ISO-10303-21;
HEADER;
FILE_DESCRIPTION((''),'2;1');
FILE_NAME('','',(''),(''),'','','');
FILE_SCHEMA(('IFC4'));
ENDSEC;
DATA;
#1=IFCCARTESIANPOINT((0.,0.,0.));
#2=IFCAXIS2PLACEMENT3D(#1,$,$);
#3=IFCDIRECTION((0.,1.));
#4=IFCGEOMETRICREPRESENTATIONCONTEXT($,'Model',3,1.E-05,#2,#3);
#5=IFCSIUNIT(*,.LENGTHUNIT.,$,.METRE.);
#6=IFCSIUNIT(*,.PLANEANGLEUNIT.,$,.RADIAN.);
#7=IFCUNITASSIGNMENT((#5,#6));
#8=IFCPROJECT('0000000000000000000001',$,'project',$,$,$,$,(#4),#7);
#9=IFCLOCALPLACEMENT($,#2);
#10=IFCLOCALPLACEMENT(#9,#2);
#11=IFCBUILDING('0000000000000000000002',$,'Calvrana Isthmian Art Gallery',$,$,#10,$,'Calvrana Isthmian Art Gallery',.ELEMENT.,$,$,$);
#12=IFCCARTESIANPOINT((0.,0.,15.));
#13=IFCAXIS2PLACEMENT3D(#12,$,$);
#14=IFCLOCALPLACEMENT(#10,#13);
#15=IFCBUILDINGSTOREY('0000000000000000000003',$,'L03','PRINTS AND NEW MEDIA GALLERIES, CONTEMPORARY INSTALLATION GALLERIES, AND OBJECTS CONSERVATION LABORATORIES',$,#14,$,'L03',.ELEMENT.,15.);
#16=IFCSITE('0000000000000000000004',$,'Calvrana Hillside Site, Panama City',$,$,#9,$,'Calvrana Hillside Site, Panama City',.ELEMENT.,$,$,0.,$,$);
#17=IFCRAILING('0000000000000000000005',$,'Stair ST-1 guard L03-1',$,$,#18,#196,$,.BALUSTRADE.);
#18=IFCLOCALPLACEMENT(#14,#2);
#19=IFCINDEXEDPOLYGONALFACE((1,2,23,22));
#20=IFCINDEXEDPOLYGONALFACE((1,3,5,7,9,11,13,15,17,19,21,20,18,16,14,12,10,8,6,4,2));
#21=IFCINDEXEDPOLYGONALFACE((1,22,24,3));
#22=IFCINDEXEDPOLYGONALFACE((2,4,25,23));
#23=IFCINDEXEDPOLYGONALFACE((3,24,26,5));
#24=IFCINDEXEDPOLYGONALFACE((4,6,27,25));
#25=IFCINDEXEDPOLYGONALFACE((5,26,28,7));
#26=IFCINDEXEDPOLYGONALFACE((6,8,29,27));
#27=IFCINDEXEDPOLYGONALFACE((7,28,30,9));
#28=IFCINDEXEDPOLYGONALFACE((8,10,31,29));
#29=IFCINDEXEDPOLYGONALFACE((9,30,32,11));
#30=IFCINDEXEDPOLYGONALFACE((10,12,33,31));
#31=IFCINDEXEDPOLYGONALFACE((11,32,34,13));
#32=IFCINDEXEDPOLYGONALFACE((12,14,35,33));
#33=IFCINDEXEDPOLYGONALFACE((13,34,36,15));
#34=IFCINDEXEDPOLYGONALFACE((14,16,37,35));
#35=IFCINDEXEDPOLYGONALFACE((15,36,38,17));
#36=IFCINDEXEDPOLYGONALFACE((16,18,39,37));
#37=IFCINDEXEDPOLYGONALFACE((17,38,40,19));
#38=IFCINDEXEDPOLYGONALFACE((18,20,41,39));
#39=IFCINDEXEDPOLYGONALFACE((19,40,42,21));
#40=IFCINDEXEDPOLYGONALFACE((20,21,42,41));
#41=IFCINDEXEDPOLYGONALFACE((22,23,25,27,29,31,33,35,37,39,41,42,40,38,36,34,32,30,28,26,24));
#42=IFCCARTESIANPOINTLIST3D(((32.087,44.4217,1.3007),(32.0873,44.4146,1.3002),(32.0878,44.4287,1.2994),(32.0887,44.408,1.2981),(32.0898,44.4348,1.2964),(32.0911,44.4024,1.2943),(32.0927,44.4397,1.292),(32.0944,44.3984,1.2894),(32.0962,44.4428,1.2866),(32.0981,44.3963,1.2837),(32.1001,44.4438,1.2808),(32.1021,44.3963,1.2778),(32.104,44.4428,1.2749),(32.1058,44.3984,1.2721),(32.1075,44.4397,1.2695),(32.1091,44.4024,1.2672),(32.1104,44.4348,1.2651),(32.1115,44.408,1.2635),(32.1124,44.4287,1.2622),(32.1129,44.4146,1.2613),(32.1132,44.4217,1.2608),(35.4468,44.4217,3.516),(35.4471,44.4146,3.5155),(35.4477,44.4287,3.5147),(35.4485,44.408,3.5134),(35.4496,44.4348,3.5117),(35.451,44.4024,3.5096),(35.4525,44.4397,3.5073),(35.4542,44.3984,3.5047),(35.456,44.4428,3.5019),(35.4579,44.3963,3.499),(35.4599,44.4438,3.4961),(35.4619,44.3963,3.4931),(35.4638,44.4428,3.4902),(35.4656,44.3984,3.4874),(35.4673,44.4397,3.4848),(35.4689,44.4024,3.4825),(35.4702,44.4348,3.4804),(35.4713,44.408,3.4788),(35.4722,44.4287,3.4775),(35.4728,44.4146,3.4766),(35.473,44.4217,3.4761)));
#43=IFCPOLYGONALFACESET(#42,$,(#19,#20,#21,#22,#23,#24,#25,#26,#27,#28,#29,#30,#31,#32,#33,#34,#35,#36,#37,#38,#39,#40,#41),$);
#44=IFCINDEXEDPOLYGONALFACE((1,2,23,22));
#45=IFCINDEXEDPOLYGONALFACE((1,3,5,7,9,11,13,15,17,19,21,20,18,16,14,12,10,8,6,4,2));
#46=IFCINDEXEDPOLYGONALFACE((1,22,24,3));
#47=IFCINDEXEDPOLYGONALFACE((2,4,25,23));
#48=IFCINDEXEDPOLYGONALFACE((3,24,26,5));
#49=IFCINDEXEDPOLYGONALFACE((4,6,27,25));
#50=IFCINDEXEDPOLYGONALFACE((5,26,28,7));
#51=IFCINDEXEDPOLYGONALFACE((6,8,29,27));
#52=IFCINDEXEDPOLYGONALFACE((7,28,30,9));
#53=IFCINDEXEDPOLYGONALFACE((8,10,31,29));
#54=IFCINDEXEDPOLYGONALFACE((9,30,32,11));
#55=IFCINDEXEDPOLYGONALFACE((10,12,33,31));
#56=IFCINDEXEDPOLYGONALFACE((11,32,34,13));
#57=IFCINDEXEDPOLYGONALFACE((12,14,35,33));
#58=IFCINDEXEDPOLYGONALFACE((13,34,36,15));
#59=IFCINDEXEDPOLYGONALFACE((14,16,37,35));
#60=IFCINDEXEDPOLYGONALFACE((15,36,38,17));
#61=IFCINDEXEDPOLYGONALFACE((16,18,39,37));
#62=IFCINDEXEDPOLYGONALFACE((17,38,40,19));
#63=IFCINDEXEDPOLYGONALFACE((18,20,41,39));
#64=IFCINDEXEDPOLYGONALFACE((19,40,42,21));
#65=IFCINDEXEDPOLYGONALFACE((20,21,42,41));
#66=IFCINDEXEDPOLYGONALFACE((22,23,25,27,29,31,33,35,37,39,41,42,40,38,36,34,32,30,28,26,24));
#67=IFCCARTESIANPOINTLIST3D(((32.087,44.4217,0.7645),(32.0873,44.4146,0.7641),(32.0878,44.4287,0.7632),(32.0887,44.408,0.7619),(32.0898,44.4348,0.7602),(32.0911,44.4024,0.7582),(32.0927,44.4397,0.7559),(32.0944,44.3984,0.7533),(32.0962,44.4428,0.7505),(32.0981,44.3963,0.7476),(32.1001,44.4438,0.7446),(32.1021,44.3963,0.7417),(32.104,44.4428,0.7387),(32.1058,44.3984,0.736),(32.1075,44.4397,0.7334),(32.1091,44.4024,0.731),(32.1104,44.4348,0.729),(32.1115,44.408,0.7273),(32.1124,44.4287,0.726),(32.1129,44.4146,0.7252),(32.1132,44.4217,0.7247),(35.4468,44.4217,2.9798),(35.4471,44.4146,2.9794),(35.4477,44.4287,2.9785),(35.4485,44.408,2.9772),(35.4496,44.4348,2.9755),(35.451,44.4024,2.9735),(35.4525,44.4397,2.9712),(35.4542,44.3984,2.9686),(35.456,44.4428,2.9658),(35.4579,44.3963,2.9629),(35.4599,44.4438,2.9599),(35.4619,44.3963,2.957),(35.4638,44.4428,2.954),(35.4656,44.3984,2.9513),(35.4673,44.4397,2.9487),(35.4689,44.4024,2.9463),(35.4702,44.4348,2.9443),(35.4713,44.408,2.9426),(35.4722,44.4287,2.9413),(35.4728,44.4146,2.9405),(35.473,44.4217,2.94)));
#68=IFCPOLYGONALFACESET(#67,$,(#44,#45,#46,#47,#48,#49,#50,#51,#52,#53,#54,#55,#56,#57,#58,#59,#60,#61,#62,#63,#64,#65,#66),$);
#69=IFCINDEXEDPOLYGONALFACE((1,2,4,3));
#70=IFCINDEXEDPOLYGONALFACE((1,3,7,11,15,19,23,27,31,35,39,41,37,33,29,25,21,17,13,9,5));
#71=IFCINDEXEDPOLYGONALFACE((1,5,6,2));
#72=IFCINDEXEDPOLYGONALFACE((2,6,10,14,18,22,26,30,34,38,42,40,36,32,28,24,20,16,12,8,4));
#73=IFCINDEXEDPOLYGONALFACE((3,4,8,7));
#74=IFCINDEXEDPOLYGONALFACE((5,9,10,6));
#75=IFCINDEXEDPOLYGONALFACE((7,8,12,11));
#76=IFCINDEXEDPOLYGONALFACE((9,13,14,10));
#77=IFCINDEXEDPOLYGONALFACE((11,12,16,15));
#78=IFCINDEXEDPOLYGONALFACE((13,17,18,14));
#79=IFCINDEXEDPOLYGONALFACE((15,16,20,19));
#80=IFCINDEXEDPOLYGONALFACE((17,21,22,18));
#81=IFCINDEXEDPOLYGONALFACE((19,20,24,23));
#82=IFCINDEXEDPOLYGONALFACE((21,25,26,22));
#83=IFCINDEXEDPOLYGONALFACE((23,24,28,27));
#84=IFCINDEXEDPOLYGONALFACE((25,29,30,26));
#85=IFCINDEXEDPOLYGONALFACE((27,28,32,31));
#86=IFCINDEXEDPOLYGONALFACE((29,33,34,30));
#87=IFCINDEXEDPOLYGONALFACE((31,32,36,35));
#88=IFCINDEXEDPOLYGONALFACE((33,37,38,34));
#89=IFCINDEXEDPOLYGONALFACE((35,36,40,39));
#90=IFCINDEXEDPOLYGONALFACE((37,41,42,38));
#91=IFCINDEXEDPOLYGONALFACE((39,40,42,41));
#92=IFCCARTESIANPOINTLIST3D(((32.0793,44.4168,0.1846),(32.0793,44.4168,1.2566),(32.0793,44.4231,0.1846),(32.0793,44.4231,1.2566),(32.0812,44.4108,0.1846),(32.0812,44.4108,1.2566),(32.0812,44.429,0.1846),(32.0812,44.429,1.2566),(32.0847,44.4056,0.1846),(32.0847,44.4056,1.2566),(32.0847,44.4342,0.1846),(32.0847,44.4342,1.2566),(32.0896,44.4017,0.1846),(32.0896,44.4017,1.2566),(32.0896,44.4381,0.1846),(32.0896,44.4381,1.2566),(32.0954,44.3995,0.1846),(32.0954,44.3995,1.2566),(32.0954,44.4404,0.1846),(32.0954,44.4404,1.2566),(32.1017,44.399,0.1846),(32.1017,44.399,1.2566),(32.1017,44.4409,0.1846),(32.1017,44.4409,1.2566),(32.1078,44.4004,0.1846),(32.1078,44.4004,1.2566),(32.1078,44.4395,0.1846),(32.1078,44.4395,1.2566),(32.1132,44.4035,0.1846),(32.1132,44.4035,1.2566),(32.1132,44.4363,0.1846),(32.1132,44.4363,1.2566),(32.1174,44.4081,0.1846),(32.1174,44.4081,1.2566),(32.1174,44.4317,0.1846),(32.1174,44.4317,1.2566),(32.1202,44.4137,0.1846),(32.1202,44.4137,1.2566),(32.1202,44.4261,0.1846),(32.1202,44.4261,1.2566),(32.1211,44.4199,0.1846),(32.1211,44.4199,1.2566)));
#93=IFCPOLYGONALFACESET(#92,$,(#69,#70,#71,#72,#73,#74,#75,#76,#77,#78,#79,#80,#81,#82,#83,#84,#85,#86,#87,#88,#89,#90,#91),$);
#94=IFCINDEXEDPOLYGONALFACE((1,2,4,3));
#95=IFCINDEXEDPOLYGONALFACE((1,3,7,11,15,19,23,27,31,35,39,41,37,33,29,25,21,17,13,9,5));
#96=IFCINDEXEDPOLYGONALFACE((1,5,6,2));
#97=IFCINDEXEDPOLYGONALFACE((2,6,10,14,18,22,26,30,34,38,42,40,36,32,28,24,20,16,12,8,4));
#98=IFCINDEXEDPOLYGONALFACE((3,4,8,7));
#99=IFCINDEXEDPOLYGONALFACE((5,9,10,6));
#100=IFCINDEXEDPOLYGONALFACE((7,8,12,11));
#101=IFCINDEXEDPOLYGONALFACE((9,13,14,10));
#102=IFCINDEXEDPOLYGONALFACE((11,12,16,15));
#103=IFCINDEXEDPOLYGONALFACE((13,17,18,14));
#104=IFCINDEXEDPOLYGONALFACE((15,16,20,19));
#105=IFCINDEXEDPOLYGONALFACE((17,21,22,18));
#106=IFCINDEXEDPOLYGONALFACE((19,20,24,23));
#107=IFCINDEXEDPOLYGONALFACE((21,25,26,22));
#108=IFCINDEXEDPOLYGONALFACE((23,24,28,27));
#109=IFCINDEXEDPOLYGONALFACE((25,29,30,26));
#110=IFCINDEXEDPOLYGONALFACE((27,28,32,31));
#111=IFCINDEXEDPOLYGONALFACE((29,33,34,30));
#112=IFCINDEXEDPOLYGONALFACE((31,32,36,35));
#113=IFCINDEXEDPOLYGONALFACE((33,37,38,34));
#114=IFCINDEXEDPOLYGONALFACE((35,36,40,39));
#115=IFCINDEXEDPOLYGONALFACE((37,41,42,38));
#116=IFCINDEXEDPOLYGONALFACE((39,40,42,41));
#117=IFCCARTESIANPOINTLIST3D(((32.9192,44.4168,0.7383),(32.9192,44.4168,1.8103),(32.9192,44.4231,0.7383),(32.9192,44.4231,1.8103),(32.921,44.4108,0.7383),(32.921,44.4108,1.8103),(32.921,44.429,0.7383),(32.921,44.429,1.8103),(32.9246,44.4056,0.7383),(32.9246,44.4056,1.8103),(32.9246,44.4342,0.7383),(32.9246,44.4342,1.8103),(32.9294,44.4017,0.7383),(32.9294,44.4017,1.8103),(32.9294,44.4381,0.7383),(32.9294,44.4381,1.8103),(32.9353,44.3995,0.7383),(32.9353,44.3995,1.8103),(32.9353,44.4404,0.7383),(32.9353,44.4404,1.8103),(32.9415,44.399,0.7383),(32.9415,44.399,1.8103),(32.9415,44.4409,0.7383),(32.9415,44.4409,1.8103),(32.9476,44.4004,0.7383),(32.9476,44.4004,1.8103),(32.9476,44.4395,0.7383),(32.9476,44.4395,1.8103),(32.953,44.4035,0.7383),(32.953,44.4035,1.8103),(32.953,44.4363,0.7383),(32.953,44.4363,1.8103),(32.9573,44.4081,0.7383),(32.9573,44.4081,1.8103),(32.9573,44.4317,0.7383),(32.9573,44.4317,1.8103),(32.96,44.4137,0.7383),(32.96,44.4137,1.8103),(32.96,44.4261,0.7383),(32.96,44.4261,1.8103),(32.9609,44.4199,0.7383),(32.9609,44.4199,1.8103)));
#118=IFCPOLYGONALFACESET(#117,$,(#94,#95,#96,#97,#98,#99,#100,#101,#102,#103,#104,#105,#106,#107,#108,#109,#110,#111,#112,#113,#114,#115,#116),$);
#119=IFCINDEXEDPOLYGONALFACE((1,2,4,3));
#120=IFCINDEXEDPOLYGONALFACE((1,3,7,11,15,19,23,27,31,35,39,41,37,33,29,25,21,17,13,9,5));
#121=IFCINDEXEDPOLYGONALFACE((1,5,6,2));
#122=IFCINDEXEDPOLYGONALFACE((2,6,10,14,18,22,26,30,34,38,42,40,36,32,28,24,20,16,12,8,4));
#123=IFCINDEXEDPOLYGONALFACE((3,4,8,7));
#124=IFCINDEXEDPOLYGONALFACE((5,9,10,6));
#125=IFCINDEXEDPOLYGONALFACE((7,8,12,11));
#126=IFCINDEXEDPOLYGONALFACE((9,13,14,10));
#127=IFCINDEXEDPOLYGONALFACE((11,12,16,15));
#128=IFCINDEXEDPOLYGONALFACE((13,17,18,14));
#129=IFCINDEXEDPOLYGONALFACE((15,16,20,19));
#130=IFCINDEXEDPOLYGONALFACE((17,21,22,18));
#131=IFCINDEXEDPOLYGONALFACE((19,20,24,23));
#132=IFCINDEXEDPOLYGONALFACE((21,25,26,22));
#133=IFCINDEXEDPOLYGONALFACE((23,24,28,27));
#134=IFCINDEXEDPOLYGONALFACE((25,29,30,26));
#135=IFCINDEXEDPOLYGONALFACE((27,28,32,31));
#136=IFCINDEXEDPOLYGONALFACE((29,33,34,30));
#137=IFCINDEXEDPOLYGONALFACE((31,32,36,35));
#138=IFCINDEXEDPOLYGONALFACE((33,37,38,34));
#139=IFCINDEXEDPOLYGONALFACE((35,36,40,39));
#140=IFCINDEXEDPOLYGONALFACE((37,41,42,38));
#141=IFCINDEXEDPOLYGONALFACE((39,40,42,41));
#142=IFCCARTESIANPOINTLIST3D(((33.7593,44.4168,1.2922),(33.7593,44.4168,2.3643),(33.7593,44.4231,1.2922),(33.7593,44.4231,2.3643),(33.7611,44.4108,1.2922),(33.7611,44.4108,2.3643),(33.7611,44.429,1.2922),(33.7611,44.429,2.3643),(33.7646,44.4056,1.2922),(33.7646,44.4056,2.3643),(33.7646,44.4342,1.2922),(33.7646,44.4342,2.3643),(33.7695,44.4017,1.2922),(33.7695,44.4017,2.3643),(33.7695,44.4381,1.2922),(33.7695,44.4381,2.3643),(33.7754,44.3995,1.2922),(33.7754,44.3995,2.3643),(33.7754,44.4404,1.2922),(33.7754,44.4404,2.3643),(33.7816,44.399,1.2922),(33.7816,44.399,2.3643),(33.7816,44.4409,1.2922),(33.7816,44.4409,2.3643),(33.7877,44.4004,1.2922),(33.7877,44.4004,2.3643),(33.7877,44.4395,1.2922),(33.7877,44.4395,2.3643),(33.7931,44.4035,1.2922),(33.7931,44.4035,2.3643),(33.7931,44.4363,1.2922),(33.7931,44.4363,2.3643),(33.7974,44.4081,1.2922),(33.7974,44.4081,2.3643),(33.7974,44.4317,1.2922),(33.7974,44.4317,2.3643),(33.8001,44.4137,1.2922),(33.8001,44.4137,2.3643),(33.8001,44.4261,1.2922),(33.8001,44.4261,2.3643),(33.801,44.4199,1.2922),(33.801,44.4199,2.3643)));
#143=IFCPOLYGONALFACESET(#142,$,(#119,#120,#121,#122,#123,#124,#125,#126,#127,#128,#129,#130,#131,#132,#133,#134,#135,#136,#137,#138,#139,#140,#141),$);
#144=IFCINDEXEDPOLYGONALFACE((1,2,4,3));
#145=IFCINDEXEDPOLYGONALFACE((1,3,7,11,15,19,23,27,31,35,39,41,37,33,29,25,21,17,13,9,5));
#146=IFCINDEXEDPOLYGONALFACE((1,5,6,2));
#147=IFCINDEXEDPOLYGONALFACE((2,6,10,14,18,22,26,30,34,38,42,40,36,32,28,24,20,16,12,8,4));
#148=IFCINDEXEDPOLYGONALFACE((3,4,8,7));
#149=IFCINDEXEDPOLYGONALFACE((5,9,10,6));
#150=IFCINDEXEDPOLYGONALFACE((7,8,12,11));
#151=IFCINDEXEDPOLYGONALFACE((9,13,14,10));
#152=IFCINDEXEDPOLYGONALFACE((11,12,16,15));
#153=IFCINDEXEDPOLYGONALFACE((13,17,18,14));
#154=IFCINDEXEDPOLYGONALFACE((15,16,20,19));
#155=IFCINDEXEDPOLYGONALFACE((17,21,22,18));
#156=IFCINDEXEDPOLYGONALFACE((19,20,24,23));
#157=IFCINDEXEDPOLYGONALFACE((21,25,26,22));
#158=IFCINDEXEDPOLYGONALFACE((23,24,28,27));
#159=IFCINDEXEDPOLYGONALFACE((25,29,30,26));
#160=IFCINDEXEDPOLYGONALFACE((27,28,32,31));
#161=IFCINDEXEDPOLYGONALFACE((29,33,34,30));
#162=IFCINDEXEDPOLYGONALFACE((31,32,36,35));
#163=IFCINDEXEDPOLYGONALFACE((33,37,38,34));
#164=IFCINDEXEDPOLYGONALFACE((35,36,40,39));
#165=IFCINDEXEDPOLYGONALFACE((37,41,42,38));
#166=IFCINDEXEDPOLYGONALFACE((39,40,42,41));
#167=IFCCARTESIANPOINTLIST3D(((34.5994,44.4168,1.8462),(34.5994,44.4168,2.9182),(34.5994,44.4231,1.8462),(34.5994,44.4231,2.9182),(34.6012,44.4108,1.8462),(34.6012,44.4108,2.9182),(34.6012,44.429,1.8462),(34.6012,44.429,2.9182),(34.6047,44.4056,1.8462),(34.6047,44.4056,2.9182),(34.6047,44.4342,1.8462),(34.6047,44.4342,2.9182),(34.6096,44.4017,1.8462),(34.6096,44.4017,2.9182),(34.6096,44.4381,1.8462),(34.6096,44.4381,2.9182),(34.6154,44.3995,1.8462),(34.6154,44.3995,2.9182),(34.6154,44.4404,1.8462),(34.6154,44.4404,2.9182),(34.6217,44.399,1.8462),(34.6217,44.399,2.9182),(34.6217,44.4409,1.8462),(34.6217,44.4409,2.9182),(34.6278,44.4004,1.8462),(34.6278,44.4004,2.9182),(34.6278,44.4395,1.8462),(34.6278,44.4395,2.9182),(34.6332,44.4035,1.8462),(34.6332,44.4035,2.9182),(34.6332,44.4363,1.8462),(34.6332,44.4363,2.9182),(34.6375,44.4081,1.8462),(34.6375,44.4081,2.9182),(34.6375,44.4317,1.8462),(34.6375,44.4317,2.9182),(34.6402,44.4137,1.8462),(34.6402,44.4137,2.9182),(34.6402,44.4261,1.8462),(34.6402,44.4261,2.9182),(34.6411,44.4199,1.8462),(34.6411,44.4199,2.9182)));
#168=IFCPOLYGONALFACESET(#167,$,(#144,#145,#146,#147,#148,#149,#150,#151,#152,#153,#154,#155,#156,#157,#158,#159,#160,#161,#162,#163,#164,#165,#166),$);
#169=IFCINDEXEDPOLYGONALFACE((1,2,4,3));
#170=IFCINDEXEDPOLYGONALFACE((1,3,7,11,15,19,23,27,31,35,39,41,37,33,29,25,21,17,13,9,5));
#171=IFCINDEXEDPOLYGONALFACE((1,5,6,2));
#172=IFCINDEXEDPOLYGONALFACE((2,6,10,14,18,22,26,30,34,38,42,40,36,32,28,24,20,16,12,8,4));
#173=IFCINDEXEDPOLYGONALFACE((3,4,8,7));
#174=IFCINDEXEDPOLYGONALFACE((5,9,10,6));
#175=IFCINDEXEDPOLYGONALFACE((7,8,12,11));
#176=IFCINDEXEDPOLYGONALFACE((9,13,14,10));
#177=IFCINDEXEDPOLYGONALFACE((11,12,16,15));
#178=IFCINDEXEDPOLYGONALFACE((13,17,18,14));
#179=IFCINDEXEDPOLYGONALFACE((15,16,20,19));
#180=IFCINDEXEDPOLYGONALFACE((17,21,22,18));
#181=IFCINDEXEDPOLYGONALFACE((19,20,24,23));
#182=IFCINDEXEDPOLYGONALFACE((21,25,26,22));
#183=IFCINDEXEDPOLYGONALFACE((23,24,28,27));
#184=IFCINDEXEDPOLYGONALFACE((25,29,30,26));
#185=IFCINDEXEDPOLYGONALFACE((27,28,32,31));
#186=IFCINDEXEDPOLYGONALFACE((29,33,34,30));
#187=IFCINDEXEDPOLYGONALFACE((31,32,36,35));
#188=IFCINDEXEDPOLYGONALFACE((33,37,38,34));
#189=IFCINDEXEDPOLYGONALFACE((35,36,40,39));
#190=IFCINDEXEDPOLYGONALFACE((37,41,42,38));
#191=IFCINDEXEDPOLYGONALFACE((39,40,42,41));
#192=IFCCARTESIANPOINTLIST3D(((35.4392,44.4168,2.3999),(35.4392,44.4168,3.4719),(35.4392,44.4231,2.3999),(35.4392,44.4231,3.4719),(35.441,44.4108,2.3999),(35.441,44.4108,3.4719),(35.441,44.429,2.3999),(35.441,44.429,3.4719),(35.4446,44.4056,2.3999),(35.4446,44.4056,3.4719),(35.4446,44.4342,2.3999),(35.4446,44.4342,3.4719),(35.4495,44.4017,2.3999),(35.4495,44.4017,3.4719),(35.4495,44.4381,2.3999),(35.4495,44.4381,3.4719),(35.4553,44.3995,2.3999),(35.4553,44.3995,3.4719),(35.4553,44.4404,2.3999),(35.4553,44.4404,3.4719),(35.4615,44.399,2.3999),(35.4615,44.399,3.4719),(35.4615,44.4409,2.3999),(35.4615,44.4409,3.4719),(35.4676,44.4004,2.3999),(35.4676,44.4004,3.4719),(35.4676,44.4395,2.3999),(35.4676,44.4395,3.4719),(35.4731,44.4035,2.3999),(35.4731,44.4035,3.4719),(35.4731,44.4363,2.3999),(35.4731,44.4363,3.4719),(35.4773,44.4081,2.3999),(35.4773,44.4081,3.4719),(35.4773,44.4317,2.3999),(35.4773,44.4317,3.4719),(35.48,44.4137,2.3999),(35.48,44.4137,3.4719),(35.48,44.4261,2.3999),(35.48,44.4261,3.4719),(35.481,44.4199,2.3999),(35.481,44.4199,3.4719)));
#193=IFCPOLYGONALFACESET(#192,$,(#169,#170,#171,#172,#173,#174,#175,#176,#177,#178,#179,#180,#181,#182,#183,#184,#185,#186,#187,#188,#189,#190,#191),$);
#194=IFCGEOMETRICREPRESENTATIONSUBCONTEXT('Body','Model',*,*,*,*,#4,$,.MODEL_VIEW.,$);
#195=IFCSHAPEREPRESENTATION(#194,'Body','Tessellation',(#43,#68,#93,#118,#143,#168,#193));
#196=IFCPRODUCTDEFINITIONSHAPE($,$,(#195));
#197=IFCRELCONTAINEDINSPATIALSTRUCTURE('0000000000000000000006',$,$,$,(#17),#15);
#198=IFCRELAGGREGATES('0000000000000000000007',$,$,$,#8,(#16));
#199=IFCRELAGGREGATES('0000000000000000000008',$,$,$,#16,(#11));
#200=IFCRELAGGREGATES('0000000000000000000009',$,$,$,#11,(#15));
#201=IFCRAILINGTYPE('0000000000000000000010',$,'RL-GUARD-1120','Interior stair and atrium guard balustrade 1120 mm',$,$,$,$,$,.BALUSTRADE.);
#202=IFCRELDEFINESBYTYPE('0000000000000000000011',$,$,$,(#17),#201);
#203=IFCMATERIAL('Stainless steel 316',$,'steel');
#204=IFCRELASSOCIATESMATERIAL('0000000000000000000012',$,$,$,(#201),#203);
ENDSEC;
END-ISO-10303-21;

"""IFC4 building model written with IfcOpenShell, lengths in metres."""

from ifc_helpers import new_model, si_unit, direction, frame, origin, origin_2d, place, context, subcontext, project, spatial, circle, extrude, material, type_object, element, save


model = new_model("IFC4")

# Units and contexts
model_context = context("Model", 3, precision=1e-05, world=origin(), true_north=direction((0.0, 1.0)))
body_context = subcontext(model_context, "Body", "Model", "MODEL_VIEW")
ifc_project = project(units=[si_unit("LENGTHUNIT", "METRE"), si_unit("PLANEANGLEUNIT", "RADIAN")], contexts=[model_context])

# Site, building, storey
site_placement = place(None, origin())
site = spatial("IfcSite", under=ifc_project, at=site_placement, Name="Calvrana Hillside Site, Panama City", LongName="Calvrana Hillside Site, Panama City", CompositionType="ELEMENT", RefElevation=0.0)
building_placement = place(site_placement, origin())
building = spatial("IfcBuilding", under=site, at=building_placement, Name="Calvrana Isthmian Art Gallery", LongName="Calvrana Isthmian Art Gallery", CompositionType="ELEMENT")
storey_placement = place(building_placement, frame((0.0, 0.0, 15.0)))
storey = spatial("IfcBuildingStorey", under=building, at=storey_placement, Name="L03", Description="PRINTS AND NEW MEDIA GALLERIES, CONTEMPORARY INSTALLATION GALLERIES, AND OBJECTS CONSERVATION LABORATORIES", LongName="L03", CompositionType="ELEMENT", Elevation=15.0)

# Railing
ifc_material_1 = material(Name="Stainless steel 316", Category="steel")
railing_type_1 = type_object("IfcRailingType", Name="RL-GUARD-1120", Description="Interior stair and atrium guard balustrade 1120 mm", PredefinedType="BALUSTRADE", material=ifc_material_1)
railing_1_placement = place(storey_placement, frame((32.1001, 44.4199, 0.1846)))
element("IfcRailing", 1, at=railing_1_placement, inside=storey, type_object=railing_type_1, Name="Stair ST-1 guard L03-1", PredefinedType="BALUSTRADE", context=body_context, shape_type="SweptSolid", body=[
    extrude(circle(Radius=0.0239, at=origin_2d()), frame((0.0, 0.0, 1.0962), z_axis=(0.834858, 0.0, 0.550465), x_axis=(0.0, 1.0, 0.0)), (0.0, 0.0, 1.0), 4.0244),
    extrude(circle(Radius=0.0239, at=origin_2d()), frame((0.0, 0.0, 0.5601), z_axis=(0.834858, 0.0, 0.550465), x_axis=(0.0, 1.0, 0.0)), (0.0, 0.0, 1.0), 4.0244),
    extrude(circle(Radius=0.021, at=origin_2d()), origin(), (0.0, 0.0, 1.0), 1.072),
    extrude(circle(Radius=0.021, at=origin_2d()), frame((0.8398, 0.0, 0.5537)), (0.0, 0.0, 1.0), 1.072),
    extrude(circle(Radius=0.021, at=origin_2d()), frame((1.6799, 0.0, 1.1077)), (0.0, 0.0, 1.0), 1.072),
    extrude(circle(Radius=0.021, at=origin_2d()), frame((2.52, 0.0, 1.6616)), (0.0, 0.0, 1.0), 1.072),
    extrude(circle(Radius=0.021, at=origin_2d()), frame((3.3599, 0.0, 2.2153)), (0.0, 0.0, 1.0), 1.072),
])

save(model, "model.ifc")
